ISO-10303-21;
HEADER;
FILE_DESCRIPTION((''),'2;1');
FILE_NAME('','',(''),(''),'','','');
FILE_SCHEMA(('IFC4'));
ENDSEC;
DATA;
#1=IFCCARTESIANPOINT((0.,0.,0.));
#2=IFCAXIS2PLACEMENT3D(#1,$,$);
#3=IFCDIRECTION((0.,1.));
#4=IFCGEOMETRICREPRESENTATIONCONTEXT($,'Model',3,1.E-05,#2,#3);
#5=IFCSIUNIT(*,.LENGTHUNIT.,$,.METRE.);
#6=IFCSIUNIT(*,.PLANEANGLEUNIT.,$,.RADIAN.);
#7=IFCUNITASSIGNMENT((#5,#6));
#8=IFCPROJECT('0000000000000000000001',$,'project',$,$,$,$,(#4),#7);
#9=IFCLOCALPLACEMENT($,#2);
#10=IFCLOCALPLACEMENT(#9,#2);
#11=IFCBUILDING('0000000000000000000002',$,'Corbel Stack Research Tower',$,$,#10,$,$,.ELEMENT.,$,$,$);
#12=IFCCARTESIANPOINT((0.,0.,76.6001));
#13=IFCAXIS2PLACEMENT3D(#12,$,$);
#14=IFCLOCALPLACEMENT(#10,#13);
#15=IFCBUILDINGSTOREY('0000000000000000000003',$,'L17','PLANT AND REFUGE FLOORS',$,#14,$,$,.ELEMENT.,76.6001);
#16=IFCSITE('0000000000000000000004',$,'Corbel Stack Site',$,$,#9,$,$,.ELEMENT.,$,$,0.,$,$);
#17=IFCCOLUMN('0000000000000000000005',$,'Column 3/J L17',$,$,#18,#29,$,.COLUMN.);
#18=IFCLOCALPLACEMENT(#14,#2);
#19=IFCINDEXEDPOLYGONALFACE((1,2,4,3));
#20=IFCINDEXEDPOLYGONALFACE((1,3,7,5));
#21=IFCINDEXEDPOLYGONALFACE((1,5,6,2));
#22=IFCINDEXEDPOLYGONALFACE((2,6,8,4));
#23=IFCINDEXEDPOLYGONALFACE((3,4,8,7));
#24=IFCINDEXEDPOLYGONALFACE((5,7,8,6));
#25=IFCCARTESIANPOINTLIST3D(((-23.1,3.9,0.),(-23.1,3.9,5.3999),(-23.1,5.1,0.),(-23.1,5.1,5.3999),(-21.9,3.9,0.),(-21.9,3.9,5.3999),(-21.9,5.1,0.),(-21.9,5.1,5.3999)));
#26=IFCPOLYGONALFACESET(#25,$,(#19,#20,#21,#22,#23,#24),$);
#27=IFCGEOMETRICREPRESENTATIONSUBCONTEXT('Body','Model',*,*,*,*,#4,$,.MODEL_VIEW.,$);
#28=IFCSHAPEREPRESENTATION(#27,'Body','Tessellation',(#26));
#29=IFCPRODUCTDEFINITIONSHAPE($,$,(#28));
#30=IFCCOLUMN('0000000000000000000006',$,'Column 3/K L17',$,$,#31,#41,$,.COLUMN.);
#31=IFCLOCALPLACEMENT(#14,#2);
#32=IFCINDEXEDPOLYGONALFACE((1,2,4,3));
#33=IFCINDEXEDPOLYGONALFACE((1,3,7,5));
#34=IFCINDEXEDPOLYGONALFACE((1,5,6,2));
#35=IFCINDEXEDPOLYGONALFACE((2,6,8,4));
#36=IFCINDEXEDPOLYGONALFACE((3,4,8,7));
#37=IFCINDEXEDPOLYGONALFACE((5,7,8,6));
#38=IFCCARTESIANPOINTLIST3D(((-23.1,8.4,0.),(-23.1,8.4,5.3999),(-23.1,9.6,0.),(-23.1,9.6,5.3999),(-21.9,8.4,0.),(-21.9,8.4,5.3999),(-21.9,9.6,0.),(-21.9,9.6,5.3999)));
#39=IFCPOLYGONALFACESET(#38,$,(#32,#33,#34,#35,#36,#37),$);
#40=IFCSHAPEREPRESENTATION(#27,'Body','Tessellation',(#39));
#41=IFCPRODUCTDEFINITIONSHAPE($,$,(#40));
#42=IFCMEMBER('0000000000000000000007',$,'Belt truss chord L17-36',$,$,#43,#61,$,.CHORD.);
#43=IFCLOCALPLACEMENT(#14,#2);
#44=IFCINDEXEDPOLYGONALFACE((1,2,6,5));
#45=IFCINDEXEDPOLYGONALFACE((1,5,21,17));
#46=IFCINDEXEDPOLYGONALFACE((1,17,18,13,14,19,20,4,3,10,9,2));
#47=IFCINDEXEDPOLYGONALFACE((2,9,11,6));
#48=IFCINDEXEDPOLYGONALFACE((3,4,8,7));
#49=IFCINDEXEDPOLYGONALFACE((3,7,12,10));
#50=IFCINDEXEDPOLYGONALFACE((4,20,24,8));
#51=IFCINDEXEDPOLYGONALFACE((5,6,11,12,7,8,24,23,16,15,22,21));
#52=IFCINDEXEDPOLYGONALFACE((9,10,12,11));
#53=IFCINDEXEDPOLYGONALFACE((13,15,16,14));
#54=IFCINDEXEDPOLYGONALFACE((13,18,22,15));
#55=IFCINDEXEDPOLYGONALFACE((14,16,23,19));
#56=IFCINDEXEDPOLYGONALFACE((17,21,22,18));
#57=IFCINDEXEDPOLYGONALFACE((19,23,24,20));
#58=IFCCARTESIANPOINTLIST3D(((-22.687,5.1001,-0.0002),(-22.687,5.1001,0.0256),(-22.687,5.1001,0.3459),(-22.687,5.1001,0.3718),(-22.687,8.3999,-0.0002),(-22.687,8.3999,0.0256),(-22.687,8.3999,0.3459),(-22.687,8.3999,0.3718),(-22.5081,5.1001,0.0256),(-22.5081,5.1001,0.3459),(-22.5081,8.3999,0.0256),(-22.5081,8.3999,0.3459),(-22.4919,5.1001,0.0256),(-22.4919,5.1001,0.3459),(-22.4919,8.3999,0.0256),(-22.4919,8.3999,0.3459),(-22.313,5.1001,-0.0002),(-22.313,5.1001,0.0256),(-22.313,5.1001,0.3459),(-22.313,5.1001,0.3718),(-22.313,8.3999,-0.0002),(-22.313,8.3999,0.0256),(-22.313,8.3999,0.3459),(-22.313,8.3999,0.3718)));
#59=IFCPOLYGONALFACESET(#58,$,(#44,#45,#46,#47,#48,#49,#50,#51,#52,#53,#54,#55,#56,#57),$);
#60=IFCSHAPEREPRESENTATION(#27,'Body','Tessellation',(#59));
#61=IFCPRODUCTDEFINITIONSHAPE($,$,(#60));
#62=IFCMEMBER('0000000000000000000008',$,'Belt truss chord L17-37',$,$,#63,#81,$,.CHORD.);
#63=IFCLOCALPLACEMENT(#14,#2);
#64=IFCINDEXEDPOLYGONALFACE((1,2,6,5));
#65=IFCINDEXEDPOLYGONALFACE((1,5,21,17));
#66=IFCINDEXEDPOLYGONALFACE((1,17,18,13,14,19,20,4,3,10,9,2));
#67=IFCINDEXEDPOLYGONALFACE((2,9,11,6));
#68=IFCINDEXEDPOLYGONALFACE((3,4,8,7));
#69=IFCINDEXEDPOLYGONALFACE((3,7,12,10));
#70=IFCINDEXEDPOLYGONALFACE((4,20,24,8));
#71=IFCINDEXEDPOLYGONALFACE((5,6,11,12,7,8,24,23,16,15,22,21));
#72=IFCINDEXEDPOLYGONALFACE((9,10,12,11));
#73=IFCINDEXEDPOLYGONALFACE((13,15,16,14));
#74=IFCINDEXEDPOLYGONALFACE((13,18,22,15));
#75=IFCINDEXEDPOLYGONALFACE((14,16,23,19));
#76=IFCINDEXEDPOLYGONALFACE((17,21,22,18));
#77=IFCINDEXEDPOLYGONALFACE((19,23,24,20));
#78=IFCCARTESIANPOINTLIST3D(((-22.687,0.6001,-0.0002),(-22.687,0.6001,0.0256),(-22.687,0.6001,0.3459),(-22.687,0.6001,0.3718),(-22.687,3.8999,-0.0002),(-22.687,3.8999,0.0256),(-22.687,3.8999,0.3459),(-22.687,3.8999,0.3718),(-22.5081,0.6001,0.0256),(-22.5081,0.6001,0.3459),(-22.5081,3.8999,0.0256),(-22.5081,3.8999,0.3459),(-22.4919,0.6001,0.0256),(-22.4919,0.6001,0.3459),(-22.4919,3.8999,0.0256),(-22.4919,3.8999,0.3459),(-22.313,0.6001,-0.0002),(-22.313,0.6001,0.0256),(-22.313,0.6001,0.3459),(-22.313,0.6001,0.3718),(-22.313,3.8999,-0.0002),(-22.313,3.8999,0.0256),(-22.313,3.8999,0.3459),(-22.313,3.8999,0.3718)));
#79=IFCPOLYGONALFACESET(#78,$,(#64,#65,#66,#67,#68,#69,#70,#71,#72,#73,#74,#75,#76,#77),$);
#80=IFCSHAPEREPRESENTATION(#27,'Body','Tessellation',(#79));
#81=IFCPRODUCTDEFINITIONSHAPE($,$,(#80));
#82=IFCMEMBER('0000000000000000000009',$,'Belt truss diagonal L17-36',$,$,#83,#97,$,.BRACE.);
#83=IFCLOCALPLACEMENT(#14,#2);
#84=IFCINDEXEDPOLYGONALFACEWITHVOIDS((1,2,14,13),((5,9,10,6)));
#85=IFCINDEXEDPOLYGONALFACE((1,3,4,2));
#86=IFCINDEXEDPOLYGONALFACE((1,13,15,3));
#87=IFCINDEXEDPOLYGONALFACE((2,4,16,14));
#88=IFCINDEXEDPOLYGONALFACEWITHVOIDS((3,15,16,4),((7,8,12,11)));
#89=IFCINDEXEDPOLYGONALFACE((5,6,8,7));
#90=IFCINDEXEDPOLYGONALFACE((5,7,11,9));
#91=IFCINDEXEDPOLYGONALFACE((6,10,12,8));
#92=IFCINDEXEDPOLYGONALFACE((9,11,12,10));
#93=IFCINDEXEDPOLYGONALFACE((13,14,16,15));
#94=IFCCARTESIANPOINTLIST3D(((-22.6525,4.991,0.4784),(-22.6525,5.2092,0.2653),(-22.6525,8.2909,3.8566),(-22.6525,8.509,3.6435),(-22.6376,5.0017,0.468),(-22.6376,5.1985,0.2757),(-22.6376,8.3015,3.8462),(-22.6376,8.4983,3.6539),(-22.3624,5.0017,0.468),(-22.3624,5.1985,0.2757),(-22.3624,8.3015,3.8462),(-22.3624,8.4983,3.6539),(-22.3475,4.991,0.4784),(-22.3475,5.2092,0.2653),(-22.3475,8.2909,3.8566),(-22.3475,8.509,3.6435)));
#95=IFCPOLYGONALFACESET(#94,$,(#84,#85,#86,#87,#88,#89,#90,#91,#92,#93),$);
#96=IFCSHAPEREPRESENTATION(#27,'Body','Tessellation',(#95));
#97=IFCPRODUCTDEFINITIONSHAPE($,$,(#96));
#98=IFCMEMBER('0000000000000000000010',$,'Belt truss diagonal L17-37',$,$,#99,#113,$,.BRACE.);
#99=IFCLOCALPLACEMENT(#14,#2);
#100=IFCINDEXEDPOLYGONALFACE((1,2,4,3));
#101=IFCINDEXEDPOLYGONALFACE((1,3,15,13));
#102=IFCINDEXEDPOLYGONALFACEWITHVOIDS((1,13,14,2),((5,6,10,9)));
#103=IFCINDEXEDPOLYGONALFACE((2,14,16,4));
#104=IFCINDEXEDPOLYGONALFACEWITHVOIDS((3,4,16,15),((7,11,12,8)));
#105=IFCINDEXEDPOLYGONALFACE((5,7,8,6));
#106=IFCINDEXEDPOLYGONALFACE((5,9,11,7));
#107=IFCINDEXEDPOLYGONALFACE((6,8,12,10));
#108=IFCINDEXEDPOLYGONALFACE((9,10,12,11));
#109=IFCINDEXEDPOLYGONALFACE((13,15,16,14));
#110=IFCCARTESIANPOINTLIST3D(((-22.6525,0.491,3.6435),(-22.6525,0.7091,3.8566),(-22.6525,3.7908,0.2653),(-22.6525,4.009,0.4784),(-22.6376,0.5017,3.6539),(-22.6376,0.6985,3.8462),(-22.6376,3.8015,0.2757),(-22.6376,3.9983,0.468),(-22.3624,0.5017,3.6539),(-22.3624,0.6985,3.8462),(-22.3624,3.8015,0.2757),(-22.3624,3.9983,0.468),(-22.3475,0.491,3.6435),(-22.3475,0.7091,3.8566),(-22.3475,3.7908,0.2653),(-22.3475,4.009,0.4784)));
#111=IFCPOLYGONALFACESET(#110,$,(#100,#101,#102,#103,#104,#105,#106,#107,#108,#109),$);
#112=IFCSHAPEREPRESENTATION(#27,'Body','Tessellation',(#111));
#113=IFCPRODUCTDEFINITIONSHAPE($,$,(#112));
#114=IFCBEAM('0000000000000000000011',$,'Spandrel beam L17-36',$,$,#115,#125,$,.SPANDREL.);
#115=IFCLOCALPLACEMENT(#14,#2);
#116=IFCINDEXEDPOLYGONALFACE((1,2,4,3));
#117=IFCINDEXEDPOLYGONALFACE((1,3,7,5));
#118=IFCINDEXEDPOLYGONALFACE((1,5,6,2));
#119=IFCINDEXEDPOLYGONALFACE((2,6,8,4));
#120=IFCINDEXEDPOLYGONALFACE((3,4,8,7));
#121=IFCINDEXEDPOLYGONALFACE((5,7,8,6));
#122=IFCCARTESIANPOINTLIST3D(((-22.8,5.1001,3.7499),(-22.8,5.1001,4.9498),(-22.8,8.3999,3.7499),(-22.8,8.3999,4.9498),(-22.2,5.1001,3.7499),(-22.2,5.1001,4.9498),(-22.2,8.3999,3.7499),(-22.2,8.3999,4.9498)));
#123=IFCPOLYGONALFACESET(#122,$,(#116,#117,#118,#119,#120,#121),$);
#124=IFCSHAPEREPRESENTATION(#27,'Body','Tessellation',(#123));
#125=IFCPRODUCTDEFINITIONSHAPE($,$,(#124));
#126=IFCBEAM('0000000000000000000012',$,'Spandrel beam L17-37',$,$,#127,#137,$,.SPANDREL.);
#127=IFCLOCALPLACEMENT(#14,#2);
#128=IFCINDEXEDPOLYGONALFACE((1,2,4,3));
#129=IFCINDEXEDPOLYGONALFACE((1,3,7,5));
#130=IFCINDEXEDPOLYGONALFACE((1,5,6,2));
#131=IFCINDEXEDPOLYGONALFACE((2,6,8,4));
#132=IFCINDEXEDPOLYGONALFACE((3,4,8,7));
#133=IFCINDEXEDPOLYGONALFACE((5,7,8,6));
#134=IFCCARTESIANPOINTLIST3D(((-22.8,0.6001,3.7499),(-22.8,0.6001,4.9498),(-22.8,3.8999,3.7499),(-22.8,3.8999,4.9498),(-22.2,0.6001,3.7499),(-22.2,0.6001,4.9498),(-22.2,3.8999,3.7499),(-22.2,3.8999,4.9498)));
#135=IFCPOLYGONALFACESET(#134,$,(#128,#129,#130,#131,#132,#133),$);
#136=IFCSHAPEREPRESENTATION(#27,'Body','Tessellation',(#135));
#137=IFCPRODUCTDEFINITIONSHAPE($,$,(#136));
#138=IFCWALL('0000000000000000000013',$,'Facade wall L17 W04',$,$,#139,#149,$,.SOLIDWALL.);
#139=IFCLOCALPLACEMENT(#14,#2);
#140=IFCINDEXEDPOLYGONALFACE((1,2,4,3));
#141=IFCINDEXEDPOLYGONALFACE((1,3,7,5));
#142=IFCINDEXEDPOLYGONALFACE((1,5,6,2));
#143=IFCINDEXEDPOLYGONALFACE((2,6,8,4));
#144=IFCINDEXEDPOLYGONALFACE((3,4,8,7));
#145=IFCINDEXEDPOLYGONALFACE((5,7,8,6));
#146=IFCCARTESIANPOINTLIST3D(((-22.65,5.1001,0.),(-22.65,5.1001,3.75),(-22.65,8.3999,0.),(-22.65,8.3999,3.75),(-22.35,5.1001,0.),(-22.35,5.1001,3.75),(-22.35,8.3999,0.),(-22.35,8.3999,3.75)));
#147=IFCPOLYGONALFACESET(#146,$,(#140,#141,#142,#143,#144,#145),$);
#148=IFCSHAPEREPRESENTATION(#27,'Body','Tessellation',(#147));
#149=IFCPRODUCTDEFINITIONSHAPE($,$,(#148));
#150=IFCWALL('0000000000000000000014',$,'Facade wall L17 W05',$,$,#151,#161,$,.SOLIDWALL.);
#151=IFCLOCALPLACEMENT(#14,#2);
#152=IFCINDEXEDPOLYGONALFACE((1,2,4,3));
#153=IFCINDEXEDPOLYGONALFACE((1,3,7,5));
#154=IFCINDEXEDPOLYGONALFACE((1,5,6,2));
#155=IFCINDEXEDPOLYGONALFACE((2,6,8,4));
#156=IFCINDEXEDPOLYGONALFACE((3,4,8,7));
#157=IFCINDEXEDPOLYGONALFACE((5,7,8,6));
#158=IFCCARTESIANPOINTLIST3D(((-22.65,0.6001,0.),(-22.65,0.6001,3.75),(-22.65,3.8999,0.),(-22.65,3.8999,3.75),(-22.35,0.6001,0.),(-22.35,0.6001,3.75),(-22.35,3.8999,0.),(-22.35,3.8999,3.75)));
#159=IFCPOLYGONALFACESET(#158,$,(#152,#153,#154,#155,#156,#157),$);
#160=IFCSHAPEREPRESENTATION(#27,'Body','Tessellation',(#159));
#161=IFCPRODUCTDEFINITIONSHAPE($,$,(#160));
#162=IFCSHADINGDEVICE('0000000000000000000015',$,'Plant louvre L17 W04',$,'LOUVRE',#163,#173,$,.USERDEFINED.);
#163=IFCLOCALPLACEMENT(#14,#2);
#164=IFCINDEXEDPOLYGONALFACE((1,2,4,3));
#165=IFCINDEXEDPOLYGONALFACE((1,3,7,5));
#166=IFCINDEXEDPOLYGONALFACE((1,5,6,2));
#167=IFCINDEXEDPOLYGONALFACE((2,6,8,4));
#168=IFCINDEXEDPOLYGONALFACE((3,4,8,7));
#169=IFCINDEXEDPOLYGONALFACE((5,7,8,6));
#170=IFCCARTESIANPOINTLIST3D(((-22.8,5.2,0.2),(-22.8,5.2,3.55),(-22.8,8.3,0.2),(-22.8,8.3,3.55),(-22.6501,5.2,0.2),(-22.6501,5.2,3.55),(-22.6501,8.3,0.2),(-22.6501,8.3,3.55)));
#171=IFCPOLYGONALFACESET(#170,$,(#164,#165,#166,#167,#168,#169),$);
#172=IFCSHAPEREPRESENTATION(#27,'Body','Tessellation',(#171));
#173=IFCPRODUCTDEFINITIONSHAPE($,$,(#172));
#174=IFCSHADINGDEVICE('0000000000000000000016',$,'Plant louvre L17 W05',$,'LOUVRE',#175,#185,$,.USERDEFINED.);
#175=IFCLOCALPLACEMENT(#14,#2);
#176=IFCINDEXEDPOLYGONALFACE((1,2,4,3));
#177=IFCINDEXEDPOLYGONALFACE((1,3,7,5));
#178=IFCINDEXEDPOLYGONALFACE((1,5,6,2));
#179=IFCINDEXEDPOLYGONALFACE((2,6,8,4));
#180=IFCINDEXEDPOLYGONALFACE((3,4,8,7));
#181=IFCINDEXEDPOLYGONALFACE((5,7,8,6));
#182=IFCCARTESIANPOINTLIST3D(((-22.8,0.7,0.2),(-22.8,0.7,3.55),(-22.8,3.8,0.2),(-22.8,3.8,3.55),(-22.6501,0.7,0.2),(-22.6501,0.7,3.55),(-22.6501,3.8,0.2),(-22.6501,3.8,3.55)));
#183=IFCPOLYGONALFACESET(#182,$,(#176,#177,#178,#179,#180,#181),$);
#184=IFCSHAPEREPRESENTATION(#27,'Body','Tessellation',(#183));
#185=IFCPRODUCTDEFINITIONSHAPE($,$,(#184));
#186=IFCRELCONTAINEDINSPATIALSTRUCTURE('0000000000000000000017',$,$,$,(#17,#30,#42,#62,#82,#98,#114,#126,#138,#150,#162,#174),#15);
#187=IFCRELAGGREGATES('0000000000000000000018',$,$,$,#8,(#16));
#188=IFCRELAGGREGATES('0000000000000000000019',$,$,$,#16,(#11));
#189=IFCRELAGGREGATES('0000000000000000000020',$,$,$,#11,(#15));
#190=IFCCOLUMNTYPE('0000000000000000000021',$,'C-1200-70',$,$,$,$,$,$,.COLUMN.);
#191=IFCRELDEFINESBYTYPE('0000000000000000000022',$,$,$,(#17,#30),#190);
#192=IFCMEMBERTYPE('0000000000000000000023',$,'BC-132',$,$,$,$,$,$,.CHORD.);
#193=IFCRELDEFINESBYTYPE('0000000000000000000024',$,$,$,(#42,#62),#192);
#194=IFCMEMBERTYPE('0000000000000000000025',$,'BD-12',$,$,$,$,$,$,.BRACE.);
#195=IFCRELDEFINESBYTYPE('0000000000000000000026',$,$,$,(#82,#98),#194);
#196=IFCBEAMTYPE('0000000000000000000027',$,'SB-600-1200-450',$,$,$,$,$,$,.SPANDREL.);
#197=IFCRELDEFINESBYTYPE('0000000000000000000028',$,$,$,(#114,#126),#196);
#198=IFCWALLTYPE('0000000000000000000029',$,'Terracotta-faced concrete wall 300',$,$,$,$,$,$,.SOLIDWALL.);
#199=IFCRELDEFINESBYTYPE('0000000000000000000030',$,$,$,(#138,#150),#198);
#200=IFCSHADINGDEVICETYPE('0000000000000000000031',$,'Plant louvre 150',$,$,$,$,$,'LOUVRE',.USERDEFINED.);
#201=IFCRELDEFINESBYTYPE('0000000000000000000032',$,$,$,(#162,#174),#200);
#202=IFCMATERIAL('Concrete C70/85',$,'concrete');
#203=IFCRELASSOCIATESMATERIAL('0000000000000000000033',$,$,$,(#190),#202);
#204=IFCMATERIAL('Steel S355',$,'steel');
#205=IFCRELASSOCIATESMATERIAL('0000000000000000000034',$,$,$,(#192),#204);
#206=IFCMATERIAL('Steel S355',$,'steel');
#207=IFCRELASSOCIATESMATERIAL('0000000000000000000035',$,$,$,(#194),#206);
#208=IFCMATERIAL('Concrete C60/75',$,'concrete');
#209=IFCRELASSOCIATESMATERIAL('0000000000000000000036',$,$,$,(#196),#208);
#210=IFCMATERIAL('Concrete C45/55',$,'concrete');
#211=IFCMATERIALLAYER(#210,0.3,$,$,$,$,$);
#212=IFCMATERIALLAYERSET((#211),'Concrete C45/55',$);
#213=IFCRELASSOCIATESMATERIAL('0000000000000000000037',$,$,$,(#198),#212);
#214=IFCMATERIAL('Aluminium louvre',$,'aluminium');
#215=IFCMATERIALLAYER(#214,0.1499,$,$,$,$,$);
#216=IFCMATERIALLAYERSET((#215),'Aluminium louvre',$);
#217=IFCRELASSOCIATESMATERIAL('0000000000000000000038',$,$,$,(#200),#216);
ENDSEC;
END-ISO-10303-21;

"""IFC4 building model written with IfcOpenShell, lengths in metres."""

from ifc_helpers import new_model, si_unit, direction, frame, frame_2d, origin, origin_2d, place, context, subcontext, project, spatial, rectangle, hollow_rectangle, i_section, extrude, material, layer, layer_set, material_profile, profile_set, type_object, element, save


model = new_model("IFC4")

# Units and contexts
model_context = context("Model", 3, precision=1e-05, world=origin(), true_north=direction((0.0, 1.0)))
body_context = subcontext(model_context, "Body", "Model", "MODEL_VIEW")
ifc_project = project(units=[si_unit("LENGTHUNIT", "METRE"), si_unit("PLANEANGLEUNIT", "RADIAN")], contexts=[model_context])

# Site, building, storey
site_placement = place(None, origin())
site = spatial("IfcSite", under=ifc_project, at=site_placement, Name="Corbel Stack Site", CompositionType="ELEMENT", RefElevation=0.0)
building_placement = place(site_placement, origin())
building = spatial("IfcBuilding", under=site, at=building_placement, Name="Corbel Stack Research Tower", CompositionType="ELEMENT")
storey_placement = place(building_placement, frame((0.0, 0.0, 76.6001)))
storey = spatial("IfcBuildingStorey", under=building, at=storey_placement, Name="L17", Description="PLANT AND REFUGE FLOORS", CompositionType="ELEMENT", Elevation=76.6001)

# Columns
ifc_material_1 = material(Name="Concrete C70/85", Category="concrete")
ifc_material_profile_1 = material_profile(ifc_material_1, rectangle(XDim=1.2, YDim=1.2, at=origin_2d()), Name="RC 1200 x 1200")
ifc_profile_set_1 = profile_set([ifc_material_profile_1], Name="Concrete C70/85")
column_type = type_object("IfcColumnType", Name="C-1200-70", PredefinedType="COLUMN", material=ifc_profile_set_1)
for number, where, z_axis, x_axis, name in (
    (1, (-22.5, 4.5, 0.0), (0.0, 0.0, 1.0), (1.0, 0.0, 0.0), "Column 3/J L17"),
    (2, (-22.5, 9.0, 0.0), (0.0, 0.0, 1.0), (1.0, 0.0, 0.0), "Column 3/K L17"),
):
    element("IfcColumn", number, at=place(storey_placement, frame(where, z_axis=z_axis, x_axis=x_axis)), inside=storey, type_object=column_type, Name=name, PredefinedType="COLUMN", context=body_context, shape_type="SweptSolid", body=[
        extrude(rectangle(XDim=1.2, YDim=1.2, at=origin_2d()), origin(), (0.0, 0.0, 1.0), 5.3999),
    ])

# Members
ifc_material_2 = material(Name="Steel S355", Category="steel")
ifc_material_profile_2 = material_profile(ifc_material_2, i_section(OverallWidth=0.374, OverallDepth=0.3721, WebThickness=0.0161, FlangeThickness=0.0259, at=origin_2d()), Name="W14x132")
ifc_profile_set_2 = profile_set([ifc_material_profile_2], Name="Steel S355")
member_type_1 = type_object("IfcMemberType", Name="BC-132", PredefinedType="CHORD", material=ifc_profile_set_2)
for number, where, z_axis, x_axis, name in (
    (3, (-22.5, 8.3999, 0.1858), (0.0, -1.0, 0.0), (1.0, 0.0, 0.0), "Belt truss chord L17-36"),
    (4, (-22.5, 3.8999, 0.1858), (0.0, -1.0, 0.0), (1.0, 0.0, 0.0), "Belt truss chord L17-37"),
):
    element("IfcMember", number, at=place(storey_placement, frame(where, z_axis=z_axis, x_axis=x_axis)), inside=storey, type_object=member_type_1, Name=name, PredefinedType="CHORD", context=body_context, shape_type="SweptSolid", body=[
        extrude(i_section(OverallWidth=0.374, OverallDepth=0.3721, WebThickness=0.0161, FlangeThickness=0.0259, at=origin_2d()), origin(), (0.0, 0.0, 1.0), 3.2998),
    ])
ifc_material_3 = material(Name="Steel S355", Category="steel")
ifc_material_profile_3 = material_profile(ifc_material_3, hollow_rectangle(XDim=0.3049, YDim=0.3049, WallThickness=0.0149, at=origin_2d()), Name="HSS12x12x5/8")
ifc_profile_set_3 = profile_set([ifc_material_profile_3], Name="Steel S355")
member_type_2 = type_object("IfcMemberType", Name="BD-12", PredefinedType="BRACE", material=ifc_profile_set_3)
for number, where, z_axis, x_axis, name in (
    (5, (-22.5, 5.1001, 0.3718), (0.0, 0.69876, 0.715356), (-1.0, 0.0, 0.0), "Belt truss diagonal L17-36"),
    (6, (-22.5, 3.8999, 0.3718), (0.0, -0.69876, 0.715356), (1.0, 0.0, 0.0), "Belt truss diagonal L17-37"),
):
    element("IfcMember", number, at=place(storey_placement, frame(where, z_axis=z_axis, x_axis=x_axis)), inside=storey, type_object=member_type_2, Name=name, PredefinedType="BRACE", context=body_context, shape_type="SweptSolid", body=[
        extrude(hollow_rectangle(XDim=0.3049, YDim=0.3049, WallThickness=0.0149, at=origin_2d()), origin(), (0.0, 0.0, 1.0), 4.7224),
    ])

# Beams
ifc_material_4 = material(Name="Concrete C60/75", Category="concrete")
ifc_material_profile_4 = material_profile(ifc_material_4, rectangle(XDim=0.6001, YDim=1.2, at=origin_2d()), Name="RC 600 x 1200")
ifc_profile_set_4 = profile_set([ifc_material_profile_4], Name="Concrete C60/75")
beam_type = type_object("IfcBeamType", Name="SB-600-1200-450", PredefinedType="SPANDREL", material=ifc_profile_set_4)
for number, where, z_axis, x_axis, name in (
    (7, (-22.5, 8.3999, 4.3499), (0.0, -1.0, 0.0), (1.0, 0.0, 0.0), "Spandrel beam L17-36"),
    (8, (-22.5, 3.8999, 4.3499), (0.0, -1.0, 0.0), (1.0, 0.0, 0.0), "Spandrel beam L17-37"),
):
    element("IfcBeam", number, at=place(storey_placement, frame(where, z_axis=z_axis, x_axis=x_axis)), inside=storey, type_object=beam_type, Name=name, PredefinedType="SPANDREL", context=body_context, shape_type="SweptSolid", body=[
        extrude(rectangle(XDim=0.6001, YDim=1.2, at=origin_2d()), origin(), (0.0, 0.0, 1.0), 3.2998),
    ])

# Walls
ifc_material_5 = material(Name="Concrete C45/55", Category="concrete")
ifc_layer_1 = layer(ifc_material_5, 0.3)
ifc_layer_set_1 = layer_set([ifc_layer_1], Name="Concrete C45/55")
wall_type = type_object("IfcWallType", Name="Terracotta-faced concrete wall 300", PredefinedType="SOLIDWALL", material=ifc_layer_set_1)
for number, where, z_axis, x_axis, name in (
    (9, (-22.5, 5.1001, 0.0), (0.0, 0.0, 1.0), (0.0, 1.0, 0.0), "Facade wall L17 W04"),
    (10, (-22.5, 0.6001, 0.0), (0.0, 0.0, 1.0), (0.0, 1.0, 0.0), "Facade wall L17 W05"),
):
    element("IfcWall", number, at=place(storey_placement, frame(where, z_axis=z_axis, x_axis=x_axis)), inside=storey, type_object=wall_type, Name=name, PredefinedType="SOLIDWALL", context=body_context, shape_type="SweptSolid", body=[
        extrude(rectangle(XDim=3.2998, YDim=0.3, at=frame_2d((1.6499, 0.0))), origin(), (0.0, 0.0, 1.0), 3.75),
    ])

# Shading devices
ifc_material_6 = material(Name="Aluminium louvre", Category="aluminium")
ifc_layer_2 = layer(ifc_material_6, 0.1499)
ifc_layer_set_2 = layer_set([ifc_layer_2], Name="Aluminium louvre")
shading_device_type = type_object("IfcShadingDeviceType", Name="Plant louvre 150", ElementType="LOUVRE", PredefinedType="USERDEFINED", material=ifc_layer_set_2)
for number, where, z_axis, x_axis, name in (
    (11, (-22.7251, 6.75, 0.2), (0.0, 0.0, 1.0), (0.0, -1.0, 0.0), "Plant louvre L17 W04"),
    (12, (-22.7251, 2.25, 0.2), (0.0, 0.0, 1.0), (0.0, -1.0, 0.0), "Plant louvre L17 W05"),
):
    element("IfcShadingDevice", number, at=place(storey_placement, frame(where, z_axis=z_axis, x_axis=x_axis)), inside=storey, type_object=shading_device_type, Name=name, ObjectType="LOUVRE", PredefinedType="USERDEFINED", context=body_context, shape_type="SweptSolid", body=[
        extrude(rectangle(XDim=3.1001, YDim=0.1499, at=origin_2d()), origin(), (0.0, 0.0, 1.0), 3.3501),
    ])

save(model, "model.ifc")
